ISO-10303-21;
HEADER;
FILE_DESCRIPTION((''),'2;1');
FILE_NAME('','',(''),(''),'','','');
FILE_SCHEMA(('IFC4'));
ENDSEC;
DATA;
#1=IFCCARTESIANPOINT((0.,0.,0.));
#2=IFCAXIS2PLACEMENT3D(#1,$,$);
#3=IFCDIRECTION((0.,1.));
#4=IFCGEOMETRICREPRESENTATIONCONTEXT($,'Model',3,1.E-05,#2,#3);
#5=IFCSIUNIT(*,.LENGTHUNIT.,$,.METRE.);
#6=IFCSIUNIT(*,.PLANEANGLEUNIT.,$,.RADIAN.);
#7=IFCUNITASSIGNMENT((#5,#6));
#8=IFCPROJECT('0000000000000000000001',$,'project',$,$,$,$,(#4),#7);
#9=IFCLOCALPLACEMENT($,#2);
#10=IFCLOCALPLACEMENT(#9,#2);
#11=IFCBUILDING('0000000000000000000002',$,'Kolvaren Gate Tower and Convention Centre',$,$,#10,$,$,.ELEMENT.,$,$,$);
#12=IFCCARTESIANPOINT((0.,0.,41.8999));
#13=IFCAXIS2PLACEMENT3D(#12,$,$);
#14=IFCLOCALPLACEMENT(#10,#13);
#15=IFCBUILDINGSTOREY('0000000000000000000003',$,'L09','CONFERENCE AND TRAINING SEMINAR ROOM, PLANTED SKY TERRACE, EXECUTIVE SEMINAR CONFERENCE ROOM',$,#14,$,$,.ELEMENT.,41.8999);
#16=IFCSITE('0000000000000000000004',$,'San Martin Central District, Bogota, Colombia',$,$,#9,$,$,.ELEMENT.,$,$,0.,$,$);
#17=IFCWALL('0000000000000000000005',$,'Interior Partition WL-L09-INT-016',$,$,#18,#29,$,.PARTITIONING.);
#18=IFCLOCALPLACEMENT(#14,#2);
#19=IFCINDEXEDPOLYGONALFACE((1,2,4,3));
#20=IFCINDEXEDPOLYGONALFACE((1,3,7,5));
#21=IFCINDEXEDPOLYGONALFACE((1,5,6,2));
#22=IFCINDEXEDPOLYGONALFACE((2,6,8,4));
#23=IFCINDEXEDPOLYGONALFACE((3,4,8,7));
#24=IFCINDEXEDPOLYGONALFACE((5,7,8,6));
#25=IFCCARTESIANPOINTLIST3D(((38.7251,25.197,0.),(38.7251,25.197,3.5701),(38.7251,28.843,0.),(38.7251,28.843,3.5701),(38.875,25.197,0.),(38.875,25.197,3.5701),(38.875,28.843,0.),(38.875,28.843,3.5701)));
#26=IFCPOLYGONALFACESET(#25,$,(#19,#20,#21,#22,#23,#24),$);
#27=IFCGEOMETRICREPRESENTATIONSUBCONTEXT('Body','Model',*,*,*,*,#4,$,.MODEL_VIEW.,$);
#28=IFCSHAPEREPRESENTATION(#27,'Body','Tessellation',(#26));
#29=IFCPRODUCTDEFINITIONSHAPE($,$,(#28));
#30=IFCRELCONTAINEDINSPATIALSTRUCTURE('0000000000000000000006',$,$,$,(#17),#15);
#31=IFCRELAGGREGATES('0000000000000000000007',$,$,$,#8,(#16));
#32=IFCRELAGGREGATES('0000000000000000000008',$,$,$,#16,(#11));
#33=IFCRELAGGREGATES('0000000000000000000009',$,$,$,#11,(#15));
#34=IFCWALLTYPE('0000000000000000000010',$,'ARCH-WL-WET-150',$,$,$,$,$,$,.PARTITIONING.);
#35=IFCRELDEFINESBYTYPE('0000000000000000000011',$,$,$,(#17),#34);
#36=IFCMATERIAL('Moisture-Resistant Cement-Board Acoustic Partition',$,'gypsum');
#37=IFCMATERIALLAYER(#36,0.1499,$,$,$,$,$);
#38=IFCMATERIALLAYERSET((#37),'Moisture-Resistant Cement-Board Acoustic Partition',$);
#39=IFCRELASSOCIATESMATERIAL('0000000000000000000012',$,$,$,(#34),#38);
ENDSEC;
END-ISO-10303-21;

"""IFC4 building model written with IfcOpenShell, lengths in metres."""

from ifc_helpers import new_model, si_unit, direction, frame, frame_2d, origin, place, context, subcontext, project, spatial, rectangle, extrude, material, layer, layer_set, type_object, element, save


model = new_model("IFC4")

# Units and contexts
model_context = context("Model", 3, precision=1e-05, world=origin(), true_north=direction((0.0, 1.0)))
body_context = subcontext(model_context, "Body", "Model", "MODEL_VIEW")
ifc_project = project(units=[si_unit("LENGTHUNIT", "METRE"), si_unit("PLANEANGLEUNIT", "RADIAN")], contexts=[model_context])

# Site, building, storey
site_placement = place(None, origin())
site = spatial("IfcSite", under=ifc_project, at=site_placement, Name="San Martin Central District, Bogota, Colombia", CompositionType="ELEMENT", RefElevation=0.0)
building_placement = place(site_placement, origin())
building = spatial("IfcBuilding", under=site, at=building_placement, Name="Kolvaren Gate Tower and Convention Centre", CompositionType="ELEMENT")
storey_placement = place(building_placement, frame((0.0, 0.0, 41.8999)))
storey = spatial("IfcBuildingStorey", under=building, at=storey_placement, Name="L09", Description="CONFERENCE AND TRAINING SEMINAR ROOM, PLANTED SKY TERRACE, EXECUTIVE SEMINAR CONFERENCE ROOM", CompositionType="ELEMENT", Elevation=41.8999)

# Shared definitions
ifc_material_1 = material(Name="Moisture-Resistant Cement-Board Acoustic Partition", Category="gypsum")
ifc_layer_1 = layer(ifc_material_1, 0.1499)
ifc_layer_set_1 = layer_set([ifc_layer_1], Name="Moisture-Resistant Cement-Board Acoustic Partition")
wall_type_1 = type_object("IfcWallType", Name="ARCH-WL-WET-150", PredefinedType="PARTITIONING", material=ifc_layer_set_1)

# Wall
for number, where, z_axis, x_axis, name in (
    (1, (38.8, 25.197, 0.0), (0.0, 0.0, 1.0), (0.0, 1.0, 0.0), "Interior Partition WL-L09-INT-016"),
):
    element("IfcWall", number, at=place(storey_placement, frame(where, z_axis=z_axis, x_axis=x_axis)), inside=storey, type_object=wall_type_1, Name=name, PredefinedType="PARTITIONING", context=body_context, shape_type="SweptSolid", body=[
        extrude(rectangle(XDim=3.646, YDim=0.1499, at=frame_2d((1.823, 0.0))), origin(), (0.0, 0.0, 1.0), 3.5701),
    ])

save(model, "model.ifc")
